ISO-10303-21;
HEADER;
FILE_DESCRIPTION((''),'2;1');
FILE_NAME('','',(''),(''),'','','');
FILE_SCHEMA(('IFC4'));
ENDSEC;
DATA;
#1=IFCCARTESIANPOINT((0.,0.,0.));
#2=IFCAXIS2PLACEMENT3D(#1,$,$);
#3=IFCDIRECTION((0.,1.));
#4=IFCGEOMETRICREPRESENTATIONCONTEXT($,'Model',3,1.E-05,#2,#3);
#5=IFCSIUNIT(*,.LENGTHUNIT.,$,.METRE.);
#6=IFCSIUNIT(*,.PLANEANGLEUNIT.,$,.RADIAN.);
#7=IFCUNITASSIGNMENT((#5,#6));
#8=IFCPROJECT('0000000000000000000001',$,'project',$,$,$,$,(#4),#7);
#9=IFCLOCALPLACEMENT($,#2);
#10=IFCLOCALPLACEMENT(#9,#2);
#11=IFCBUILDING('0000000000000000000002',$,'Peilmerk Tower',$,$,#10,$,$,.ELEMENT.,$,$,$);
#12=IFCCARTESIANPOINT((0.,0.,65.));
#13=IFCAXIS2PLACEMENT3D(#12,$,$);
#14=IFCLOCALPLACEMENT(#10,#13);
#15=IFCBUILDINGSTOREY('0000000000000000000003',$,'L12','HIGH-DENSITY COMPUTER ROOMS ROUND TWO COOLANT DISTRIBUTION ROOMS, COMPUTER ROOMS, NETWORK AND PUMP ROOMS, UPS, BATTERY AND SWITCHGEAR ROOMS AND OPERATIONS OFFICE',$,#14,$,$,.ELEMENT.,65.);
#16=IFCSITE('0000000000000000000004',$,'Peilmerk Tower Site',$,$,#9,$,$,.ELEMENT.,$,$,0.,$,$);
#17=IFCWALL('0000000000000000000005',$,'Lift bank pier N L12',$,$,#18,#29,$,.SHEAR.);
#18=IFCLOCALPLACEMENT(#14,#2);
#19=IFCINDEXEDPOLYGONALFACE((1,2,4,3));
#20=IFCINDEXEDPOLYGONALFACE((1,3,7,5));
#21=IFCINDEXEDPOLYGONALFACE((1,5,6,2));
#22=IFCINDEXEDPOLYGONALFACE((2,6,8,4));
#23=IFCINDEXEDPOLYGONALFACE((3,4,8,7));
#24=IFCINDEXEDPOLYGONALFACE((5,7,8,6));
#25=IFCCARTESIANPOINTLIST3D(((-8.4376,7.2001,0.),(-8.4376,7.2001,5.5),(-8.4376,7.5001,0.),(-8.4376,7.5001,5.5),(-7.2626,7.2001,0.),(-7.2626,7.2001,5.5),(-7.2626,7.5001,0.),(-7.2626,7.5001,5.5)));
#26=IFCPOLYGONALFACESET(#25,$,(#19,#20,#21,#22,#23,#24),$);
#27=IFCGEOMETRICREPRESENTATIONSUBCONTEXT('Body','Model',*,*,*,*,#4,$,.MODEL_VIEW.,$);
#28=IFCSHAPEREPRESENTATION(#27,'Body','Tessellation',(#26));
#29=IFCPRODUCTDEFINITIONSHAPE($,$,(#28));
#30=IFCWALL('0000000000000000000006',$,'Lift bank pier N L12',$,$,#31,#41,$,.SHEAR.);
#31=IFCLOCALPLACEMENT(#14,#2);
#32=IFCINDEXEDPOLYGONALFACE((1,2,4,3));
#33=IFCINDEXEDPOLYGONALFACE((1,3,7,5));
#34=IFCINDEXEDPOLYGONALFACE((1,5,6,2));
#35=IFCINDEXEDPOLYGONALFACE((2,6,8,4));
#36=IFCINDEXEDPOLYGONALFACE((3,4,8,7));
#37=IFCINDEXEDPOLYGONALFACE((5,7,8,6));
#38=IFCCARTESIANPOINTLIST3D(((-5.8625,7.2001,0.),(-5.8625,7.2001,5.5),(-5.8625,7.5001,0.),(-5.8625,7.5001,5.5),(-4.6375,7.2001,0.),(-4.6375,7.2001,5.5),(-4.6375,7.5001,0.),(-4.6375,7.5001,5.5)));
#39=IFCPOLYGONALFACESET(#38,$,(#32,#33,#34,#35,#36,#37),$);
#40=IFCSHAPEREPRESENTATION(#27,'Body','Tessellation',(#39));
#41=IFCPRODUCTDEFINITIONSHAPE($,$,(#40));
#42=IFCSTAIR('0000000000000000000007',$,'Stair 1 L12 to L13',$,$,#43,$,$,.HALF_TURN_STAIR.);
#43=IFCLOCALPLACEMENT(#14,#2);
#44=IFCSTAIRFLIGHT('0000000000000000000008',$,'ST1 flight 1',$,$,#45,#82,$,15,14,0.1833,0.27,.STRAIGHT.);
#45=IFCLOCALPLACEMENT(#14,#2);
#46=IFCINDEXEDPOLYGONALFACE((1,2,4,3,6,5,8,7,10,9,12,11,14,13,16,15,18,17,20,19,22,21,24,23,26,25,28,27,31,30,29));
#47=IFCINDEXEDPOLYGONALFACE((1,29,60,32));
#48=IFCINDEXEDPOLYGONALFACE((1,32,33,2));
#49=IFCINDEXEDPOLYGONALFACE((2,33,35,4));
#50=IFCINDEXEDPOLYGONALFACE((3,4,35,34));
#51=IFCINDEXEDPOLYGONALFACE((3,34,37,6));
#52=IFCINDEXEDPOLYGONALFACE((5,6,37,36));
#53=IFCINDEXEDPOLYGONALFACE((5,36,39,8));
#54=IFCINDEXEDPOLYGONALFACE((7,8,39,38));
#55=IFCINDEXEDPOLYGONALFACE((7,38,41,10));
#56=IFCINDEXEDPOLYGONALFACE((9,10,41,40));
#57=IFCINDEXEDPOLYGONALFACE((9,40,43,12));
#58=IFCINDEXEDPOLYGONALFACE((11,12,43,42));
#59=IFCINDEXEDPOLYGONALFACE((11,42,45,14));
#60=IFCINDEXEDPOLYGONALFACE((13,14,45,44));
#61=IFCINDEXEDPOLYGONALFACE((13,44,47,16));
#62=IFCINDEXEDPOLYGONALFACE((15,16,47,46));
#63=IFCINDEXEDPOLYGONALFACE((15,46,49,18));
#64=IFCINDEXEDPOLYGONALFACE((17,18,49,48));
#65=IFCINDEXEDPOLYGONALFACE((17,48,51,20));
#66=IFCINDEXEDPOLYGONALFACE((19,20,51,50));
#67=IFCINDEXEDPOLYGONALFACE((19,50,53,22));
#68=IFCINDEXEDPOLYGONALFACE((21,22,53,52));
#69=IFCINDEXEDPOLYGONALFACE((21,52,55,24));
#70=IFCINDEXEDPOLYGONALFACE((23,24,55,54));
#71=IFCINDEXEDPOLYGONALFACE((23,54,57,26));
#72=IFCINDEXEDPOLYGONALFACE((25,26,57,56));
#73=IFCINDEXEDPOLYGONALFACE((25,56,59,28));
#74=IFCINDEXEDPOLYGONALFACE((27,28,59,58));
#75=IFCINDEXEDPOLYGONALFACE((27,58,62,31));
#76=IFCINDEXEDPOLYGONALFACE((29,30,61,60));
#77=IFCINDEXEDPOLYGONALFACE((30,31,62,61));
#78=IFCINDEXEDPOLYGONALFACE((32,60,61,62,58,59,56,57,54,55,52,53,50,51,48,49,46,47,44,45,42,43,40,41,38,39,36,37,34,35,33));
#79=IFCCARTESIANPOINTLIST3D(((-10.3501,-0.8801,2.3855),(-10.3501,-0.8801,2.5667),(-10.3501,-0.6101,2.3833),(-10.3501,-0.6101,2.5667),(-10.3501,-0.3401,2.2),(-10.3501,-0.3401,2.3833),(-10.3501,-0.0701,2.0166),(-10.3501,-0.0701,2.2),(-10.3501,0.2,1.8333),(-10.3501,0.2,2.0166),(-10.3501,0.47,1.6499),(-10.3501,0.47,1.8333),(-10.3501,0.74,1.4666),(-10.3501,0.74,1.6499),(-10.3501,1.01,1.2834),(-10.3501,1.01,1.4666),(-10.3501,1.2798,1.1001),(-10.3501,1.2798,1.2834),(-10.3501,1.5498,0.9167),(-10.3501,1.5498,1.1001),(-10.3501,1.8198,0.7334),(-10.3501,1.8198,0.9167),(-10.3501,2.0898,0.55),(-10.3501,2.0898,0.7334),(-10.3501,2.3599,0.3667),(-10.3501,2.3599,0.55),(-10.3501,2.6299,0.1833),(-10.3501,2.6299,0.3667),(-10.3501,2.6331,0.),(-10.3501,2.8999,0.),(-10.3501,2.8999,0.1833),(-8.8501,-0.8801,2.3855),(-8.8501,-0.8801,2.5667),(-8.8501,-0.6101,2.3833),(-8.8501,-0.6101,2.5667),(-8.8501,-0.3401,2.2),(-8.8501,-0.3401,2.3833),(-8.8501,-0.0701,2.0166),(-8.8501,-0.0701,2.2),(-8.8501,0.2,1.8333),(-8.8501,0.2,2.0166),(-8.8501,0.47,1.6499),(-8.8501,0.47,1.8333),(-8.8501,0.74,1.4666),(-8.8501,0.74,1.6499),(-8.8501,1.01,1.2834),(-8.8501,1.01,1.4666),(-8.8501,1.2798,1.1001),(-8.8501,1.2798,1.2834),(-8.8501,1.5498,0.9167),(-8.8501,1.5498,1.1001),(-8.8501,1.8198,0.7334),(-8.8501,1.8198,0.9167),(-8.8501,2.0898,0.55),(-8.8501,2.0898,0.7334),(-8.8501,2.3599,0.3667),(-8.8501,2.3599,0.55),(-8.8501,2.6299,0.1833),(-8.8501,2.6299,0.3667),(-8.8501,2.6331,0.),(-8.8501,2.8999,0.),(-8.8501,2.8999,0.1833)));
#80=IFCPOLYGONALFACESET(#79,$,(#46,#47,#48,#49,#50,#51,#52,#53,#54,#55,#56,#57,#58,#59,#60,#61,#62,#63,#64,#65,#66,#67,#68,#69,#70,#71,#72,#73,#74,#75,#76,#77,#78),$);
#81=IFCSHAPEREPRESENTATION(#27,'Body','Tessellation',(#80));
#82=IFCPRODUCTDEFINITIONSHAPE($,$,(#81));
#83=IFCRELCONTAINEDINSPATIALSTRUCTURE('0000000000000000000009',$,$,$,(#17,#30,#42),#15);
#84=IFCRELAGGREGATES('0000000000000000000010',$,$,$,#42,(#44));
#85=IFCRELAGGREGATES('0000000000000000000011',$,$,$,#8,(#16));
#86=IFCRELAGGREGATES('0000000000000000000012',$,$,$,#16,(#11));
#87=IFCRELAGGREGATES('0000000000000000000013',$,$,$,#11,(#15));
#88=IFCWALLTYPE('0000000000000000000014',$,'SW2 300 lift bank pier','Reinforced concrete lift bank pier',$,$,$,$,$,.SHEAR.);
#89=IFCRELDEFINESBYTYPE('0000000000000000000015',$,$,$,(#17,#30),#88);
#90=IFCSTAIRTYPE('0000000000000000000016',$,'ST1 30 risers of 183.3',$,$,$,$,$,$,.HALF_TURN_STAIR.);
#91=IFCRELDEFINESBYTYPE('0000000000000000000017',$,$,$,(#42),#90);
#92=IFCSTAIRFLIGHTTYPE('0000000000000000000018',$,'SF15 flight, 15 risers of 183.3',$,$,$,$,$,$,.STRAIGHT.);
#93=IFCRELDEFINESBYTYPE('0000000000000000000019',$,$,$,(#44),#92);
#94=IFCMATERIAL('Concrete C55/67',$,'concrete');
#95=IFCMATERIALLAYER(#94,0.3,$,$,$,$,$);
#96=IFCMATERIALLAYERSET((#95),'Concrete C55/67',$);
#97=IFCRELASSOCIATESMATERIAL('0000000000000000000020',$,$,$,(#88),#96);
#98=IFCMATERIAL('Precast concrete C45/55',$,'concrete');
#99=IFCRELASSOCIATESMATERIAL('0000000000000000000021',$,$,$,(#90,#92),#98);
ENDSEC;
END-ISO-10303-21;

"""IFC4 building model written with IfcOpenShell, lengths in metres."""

from ifc_helpers import new_model, si_unit, direction, frame, frame_2d, origin, place, context, subcontext, project, spatial, polyline, rectangle, outline, extrude, material, layer, layer_set, type_object, element, aggregate, save


model = new_model("IFC4")

# Units and contexts
model_context = context("Model", 3, precision=1e-05, world=origin(), true_north=direction((0.0, 1.0)))
body_context = subcontext(model_context, "Body", "Model", "MODEL_VIEW")
ifc_project = project(units=[si_unit("LENGTHUNIT", "METRE"), si_unit("PLANEANGLEUNIT", "RADIAN")], contexts=[model_context])

# Site, building, storey
site_placement = place(None, origin())
site = spatial("IfcSite", under=ifc_project, at=site_placement, Name="Peilmerk Tower Site", CompositionType="ELEMENT", RefElevation=0.0)
building_placement = place(site_placement, origin())
building = spatial("IfcBuilding", under=site, at=building_placement, Name="Peilmerk Tower", CompositionType="ELEMENT")
storey_placement = place(building_placement, frame((0.0, 0.0, 65.0)))
storey = spatial("IfcBuildingStorey", under=building, at=storey_placement, Name="L12", Description="HIGH-DENSITY COMPUTER ROOMS ROUND TWO COOLANT DISTRIBUTION ROOMS, COMPUTER ROOMS, NETWORK AND PUMP ROOMS, UPS, BATTERY AND SWITCHGEAR ROOMS AND OPERATIONS OFFICE", CompositionType="ELEMENT", Elevation=65.0)

# Walls
ifc_material_1 = material(Name="Concrete C55/67", Category="concrete")
ifc_layer_1 = layer(ifc_material_1, 0.3)
ifc_layer_set_1 = layer_set([ifc_layer_1], Name="Concrete C55/67")
wall_type_1 = type_object("IfcWallType", Name="SW2 300 lift bank pier", Description="Reinforced concrete lift bank pier", PredefinedType="SHEAR", material=ifc_layer_set_1)
wall_1_placement = place(storey_placement, frame((-8.4375, 7.3501, 0.0), z_axis=(0.0, 0.0, 1.0), x_axis=(1.0, 0.0, 0.0)))
element("IfcWall", 1, at=wall_1_placement, inside=storey, type_object=wall_type_1, Name="Lift bank pier N L12", PredefinedType="SHEAR", context=body_context, shape_type="SweptSolid", body=[
    extrude(rectangle(XDim=1.175, YDim=0.3, at=frame_2d((0.5874, 0.0))), origin(), (0.0, 0.0, 1.0), 5.5),
])
wall_2_placement = place(storey_placement, frame((-5.8625, 7.3501, 0.0), z_axis=(0.0, 0.0, 1.0), x_axis=(1.0, 0.0, 0.0)))
element("IfcWall", 2, at=wall_2_placement, inside=storey, type_object=wall_type_1, Name="Lift bank pier N L12", PredefinedType="SHEAR", context=body_context, shape_type="SweptSolid", body=[
    extrude(rectangle(XDim=1.2251, YDim=0.3, at=frame_2d((0.6125, 0.0))), origin(), (0.0, 0.0, 1.0), 5.5),
])

# Stair, stair flight
ifc_material_2 = material(Name="Precast concrete C45/55", Category="concrete")
stair_type = type_object("IfcStairType", Name="ST1 30 risers of 183.3", PredefinedType="HALF_TURN_STAIR", material=ifc_material_2)
stair_placement = place(storey_placement, origin())
stair = element("IfcStair", 3, at=stair_placement, inside=storey, type_object=stair_type, Name="Stair 1 L12 to L13", PredefinedType="HALF_TURN_STAIR")
stair_flight_type = type_object("IfcStairFlightType", Name="SF15 flight, 15 risers of 183.3", PredefinedType="STRAIGHT", material=ifc_material_2)
stair_flight_placement = place(storey_placement, frame((-9.6001, 2.8999, 0.0), z_axis=(0.0, 0.0, 1.0), x_axis=(0.0, -1.0, 0.0)))
stair_flight = element("IfcStairFlight", 4, at=stair_flight_placement, type_object=stair_flight_type, Name="ST1 flight 1", NumberOfRisers=15, NumberOfTreads=14, PredefinedType="STRAIGHT", RiserHeight=0.1833, TreadLength=0.27, context=body_context, shape_type="SweptSolid", body=[
    extrude(outline(polyline([(0.0, 0.0), (0.0, 0.1833), (0.27, 0.1833), (0.27, 0.3667), (0.54, 0.3667), (0.54, 0.55), (0.8101, 0.55), (0.8101, 0.7334), (1.0801, 0.7334), (1.0801, 0.9167), (1.3501, 0.9167), (1.3501, 1.1001), (1.6201, 1.1001), (1.6201, 1.2834), (1.8899, 1.2834), (1.8899, 1.4666), (2.1599, 1.4666), (2.1599, 1.6499), (2.4299, 1.6499), (2.4299, 1.8333), (2.7, 1.8333), (2.7, 2.0166), (2.97, 2.0166), (2.97, 2.2), (3.24, 2.2), (3.24, 2.3833), (3.51, 2.3833), (3.51, 2.5667), (3.78, 2.5667), (3.78, 2.75), (3.78, 2.3855), (0.2668, 0.0), (0.0, 0.0)])), frame((0.0, 0.75, 0.0), z_axis=(0.0, -1.0, 0.0), x_axis=(1.0, 0.0, 0.0)), (0.0, 0.0, 1.0), 1.5),
])
aggregate(stair, [stair_flight])

save(model, "model.ifc")
